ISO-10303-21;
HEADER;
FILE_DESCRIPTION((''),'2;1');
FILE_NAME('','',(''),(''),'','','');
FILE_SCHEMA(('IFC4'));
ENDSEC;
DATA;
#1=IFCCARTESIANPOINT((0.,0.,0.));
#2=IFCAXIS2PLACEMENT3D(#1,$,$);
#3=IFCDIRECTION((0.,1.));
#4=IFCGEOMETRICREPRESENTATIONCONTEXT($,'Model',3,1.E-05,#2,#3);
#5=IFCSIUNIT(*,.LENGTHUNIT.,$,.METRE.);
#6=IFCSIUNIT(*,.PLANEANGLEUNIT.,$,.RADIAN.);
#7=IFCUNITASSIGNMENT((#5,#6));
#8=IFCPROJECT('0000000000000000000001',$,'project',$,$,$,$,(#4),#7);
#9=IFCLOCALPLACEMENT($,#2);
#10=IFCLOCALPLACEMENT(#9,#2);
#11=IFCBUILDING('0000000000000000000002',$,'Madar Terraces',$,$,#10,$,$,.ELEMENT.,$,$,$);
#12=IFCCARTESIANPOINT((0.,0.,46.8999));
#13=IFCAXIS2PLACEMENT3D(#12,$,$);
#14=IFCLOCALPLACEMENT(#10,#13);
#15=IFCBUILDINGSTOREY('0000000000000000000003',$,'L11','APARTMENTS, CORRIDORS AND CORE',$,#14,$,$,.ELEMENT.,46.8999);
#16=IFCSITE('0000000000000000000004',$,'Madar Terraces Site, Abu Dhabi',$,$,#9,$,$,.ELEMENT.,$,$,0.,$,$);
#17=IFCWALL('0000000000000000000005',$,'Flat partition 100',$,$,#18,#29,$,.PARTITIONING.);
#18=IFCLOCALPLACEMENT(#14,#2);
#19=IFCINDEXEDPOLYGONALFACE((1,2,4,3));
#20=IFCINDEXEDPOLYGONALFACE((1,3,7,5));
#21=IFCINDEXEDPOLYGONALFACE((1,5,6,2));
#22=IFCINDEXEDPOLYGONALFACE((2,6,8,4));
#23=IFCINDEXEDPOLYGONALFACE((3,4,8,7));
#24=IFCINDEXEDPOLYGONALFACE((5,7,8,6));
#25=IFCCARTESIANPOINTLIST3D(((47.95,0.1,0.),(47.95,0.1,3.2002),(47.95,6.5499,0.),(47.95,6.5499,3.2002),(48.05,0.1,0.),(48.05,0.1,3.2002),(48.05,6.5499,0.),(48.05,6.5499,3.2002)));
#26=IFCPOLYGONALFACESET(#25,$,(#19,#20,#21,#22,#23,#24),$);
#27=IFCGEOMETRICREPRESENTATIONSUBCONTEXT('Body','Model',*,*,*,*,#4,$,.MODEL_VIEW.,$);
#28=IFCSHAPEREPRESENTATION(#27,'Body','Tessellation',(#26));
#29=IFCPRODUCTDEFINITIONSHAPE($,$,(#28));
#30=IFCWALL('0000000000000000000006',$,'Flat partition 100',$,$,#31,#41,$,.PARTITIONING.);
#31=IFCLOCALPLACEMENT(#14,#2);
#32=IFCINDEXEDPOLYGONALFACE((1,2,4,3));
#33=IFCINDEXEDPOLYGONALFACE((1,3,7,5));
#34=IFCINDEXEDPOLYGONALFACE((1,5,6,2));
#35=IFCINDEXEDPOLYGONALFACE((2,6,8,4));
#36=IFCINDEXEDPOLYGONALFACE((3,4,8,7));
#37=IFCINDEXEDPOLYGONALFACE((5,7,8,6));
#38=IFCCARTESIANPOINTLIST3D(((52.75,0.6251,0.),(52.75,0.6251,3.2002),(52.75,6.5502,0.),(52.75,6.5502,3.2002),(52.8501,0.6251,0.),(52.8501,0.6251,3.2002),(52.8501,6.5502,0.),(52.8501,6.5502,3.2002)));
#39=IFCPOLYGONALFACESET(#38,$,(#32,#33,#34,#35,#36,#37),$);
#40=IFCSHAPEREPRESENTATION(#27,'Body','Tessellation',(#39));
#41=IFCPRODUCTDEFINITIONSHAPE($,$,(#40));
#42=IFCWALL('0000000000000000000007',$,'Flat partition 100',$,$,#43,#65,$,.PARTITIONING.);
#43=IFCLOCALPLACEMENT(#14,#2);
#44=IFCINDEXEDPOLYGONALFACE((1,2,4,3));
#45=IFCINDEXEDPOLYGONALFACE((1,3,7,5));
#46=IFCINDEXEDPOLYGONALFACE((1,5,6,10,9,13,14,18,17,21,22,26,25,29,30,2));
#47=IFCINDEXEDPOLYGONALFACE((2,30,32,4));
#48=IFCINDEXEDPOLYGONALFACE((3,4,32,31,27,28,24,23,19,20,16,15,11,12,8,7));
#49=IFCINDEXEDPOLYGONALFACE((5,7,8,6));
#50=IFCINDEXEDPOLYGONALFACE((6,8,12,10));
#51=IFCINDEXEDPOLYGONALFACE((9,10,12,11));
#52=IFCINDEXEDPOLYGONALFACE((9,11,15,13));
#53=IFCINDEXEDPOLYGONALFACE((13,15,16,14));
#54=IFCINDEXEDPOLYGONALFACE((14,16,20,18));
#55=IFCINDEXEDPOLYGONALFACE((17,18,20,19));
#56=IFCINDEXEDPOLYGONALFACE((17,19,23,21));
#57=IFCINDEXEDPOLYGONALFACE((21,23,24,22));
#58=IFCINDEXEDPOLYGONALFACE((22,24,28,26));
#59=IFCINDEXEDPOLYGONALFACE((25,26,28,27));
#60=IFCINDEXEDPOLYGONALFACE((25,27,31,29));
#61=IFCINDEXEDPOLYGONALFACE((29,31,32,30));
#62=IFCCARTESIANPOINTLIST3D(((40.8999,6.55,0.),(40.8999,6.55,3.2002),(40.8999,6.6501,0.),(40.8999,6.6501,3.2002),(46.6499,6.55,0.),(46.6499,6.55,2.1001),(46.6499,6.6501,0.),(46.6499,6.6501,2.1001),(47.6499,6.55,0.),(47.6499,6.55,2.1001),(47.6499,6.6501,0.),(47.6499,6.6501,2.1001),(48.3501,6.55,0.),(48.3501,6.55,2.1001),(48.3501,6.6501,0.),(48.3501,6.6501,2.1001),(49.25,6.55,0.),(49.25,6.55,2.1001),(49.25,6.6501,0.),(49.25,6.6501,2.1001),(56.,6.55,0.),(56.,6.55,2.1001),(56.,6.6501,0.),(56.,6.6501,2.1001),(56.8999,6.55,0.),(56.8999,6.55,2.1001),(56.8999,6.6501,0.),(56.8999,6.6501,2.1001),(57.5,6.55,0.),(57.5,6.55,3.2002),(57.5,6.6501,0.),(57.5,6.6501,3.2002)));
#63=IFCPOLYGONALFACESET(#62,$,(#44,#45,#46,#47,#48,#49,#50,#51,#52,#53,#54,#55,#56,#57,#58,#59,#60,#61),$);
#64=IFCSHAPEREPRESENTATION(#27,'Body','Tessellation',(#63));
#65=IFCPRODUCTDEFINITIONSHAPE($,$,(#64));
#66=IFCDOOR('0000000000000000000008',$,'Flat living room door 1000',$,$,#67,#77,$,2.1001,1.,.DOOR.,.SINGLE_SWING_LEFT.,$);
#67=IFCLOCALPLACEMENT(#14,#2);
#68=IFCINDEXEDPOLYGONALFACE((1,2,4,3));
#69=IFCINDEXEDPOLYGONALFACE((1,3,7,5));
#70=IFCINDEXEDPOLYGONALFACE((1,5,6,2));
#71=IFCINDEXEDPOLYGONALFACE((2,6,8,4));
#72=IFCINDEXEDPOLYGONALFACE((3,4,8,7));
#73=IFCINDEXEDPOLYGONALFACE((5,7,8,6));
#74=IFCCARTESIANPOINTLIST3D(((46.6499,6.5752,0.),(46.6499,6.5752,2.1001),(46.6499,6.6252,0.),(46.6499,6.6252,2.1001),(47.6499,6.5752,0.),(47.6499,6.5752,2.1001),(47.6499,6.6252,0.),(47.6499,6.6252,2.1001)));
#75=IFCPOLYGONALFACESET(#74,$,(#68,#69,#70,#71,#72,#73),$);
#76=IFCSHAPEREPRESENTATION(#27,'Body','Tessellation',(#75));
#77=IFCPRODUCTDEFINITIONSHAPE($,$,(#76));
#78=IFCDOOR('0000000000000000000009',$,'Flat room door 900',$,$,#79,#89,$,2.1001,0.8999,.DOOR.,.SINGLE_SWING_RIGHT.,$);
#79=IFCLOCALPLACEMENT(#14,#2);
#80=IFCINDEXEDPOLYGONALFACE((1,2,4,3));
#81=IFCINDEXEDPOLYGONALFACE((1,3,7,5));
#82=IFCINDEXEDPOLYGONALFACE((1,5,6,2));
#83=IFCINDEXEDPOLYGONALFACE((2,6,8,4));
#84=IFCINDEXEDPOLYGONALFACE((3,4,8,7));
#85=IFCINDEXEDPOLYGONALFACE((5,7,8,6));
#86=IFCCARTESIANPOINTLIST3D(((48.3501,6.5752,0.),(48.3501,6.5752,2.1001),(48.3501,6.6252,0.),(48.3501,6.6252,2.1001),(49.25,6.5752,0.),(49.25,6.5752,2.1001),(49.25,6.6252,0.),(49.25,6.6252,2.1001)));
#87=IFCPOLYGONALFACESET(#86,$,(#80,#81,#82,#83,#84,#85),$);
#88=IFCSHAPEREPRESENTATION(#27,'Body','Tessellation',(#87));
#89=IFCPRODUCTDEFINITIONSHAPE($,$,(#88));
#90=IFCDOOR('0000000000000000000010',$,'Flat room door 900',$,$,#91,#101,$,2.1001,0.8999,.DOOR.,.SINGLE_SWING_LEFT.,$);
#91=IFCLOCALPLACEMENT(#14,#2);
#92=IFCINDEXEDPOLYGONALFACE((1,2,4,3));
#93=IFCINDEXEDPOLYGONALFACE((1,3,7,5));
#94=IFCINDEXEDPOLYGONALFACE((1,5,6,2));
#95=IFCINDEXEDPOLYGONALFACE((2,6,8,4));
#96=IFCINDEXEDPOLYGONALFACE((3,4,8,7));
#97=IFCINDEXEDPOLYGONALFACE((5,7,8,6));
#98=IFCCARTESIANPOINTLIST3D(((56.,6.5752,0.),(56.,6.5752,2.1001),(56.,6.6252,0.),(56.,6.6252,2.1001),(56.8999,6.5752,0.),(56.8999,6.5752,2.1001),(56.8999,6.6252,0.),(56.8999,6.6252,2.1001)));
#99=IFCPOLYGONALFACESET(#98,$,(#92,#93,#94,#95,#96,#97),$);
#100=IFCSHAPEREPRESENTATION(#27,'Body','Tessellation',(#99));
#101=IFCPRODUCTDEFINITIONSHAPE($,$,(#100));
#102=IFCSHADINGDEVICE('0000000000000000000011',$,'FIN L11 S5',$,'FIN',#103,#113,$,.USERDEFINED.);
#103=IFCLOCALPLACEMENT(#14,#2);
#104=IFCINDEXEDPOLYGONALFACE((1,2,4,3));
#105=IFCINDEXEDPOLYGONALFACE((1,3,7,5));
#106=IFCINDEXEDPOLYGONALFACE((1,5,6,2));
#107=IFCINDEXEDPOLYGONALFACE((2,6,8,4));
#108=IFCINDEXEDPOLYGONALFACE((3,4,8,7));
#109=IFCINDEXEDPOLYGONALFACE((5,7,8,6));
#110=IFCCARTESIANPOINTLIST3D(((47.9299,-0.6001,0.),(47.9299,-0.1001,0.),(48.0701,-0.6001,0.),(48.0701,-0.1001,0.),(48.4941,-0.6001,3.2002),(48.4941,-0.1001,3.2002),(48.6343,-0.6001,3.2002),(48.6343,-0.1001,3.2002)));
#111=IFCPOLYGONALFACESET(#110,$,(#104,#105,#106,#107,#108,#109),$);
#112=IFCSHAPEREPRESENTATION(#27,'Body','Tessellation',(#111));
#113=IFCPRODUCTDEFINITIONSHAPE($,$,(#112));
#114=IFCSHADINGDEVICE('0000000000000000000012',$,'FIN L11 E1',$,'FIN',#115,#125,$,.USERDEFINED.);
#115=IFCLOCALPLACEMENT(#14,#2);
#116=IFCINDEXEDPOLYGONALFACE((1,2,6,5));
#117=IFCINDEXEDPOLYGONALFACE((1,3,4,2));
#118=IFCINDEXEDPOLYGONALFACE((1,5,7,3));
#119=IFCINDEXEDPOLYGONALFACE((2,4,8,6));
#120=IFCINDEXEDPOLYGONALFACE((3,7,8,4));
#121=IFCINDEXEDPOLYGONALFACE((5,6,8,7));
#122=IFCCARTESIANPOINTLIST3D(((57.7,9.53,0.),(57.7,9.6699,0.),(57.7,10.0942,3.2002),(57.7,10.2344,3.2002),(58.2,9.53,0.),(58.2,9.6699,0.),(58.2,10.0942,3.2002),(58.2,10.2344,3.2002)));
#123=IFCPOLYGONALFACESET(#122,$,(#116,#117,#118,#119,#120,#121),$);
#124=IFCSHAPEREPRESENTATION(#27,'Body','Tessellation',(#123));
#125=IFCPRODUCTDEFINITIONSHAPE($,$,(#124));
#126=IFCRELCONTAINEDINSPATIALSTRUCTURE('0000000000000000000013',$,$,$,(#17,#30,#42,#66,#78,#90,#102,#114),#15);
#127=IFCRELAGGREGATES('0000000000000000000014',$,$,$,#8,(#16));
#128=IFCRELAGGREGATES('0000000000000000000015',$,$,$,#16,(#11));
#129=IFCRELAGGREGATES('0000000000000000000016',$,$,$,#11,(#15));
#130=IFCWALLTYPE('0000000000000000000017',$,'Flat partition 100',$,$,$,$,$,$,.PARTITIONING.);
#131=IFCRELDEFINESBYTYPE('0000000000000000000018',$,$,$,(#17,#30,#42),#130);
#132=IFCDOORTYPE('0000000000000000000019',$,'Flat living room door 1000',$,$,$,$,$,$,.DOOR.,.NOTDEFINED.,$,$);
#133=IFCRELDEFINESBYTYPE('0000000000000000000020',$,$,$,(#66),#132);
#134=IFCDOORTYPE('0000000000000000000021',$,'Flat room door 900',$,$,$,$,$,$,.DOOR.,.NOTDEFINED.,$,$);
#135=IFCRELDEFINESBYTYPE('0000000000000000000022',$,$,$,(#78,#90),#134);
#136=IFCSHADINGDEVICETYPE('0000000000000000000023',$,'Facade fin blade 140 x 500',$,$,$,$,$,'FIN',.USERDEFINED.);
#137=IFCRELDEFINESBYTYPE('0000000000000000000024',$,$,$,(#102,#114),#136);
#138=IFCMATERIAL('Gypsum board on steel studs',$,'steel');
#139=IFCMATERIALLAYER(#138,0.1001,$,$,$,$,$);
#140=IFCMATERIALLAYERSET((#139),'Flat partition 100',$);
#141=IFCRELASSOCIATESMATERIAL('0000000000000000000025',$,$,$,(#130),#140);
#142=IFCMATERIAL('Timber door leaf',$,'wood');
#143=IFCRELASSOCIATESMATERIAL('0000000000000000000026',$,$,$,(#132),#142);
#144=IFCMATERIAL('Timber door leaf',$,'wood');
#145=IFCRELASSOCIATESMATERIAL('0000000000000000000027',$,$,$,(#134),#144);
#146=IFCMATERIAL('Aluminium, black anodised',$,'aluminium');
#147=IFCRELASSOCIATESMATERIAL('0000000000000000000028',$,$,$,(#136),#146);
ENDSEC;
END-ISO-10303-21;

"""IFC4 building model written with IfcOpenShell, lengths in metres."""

from ifc_helpers import new_model, si_unit, direction, frame, frame_2d, origin, place, context, subcontext, project, spatial, polyline, rectangle, outline, extrude, material, layer, layer_set, type_object, element, fill, save


model = new_model("IFC4")

# Units and contexts
model_context = context("Model", 3, precision=1e-05, world=origin(), true_north=direction((0.0, 1.0)))
body_context = subcontext(model_context, "Body", "Model", "MODEL_VIEW")
ifc_project = project(units=[si_unit("LENGTHUNIT", "METRE"), si_unit("PLANEANGLEUNIT", "RADIAN")], contexts=[model_context])

# Site, building, storey
site_placement = place(None, origin())
site = spatial("IfcSite", under=ifc_project, at=site_placement, Name="Madar Terraces Site, Abu Dhabi", CompositionType="ELEMENT", RefElevation=0.0)
building_placement = place(site_placement, origin())
building = spatial("IfcBuilding", under=site, at=building_placement, Name="Madar Terraces", CompositionType="ELEMENT")
storey_placement = place(building_placement, frame((0.0, 0.0, 46.8999)))
storey = spatial("IfcBuildingStorey", under=building, at=storey_placement, Name="L11", Description="APARTMENTS, CORRIDORS AND CORE", CompositionType="ELEMENT", Elevation=46.8999)

# Walls
ifc_material_1 = material(Name="Gypsum board on steel studs", Category="steel")
ifc_layer_1 = layer(ifc_material_1, 0.1001)
ifc_layer_set_1 = layer_set([ifc_layer_1], Name="Flat partition 100")
wall_type = type_object("IfcWallType", Name="Flat partition 100", PredefinedType="PARTITIONING", material=ifc_layer_set_1)
wall_1_placement = place(storey_placement, frame((48.0, 6.55, 0.0), z_axis=(0.0, 0.0, 1.0), x_axis=(0.0, -1.0, 0.0)))
element("IfcWall", 1, at=wall_1_placement, inside=storey, type_object=wall_type, Name="Flat partition 100", PredefinedType="PARTITIONING", context=body_context, shape_type="SweptSolid", body=[
    extrude(rectangle(XDim=6.45, YDim=0.1001, at=frame_2d((3.2251, 0.0))), origin(), (0.0, 0.0, 1.0), 3.2002),
])
wall_2_placement = place(storey_placement, frame((52.8, 6.55, 0.0), z_axis=(0.0, 0.0, 1.0), x_axis=(0.0, -1.0, 0.0)))
element("IfcWall", 2, at=wall_2_placement, inside=storey, type_object=wall_type, Name="Flat partition 100", PredefinedType="PARTITIONING", context=body_context, shape_type="SweptSolid", body=[
    extrude(rectangle(XDim=5.925, YDim=0.1001, at=frame_2d((2.9624, 0.0))), origin(), (0.0, 0.0, 1.0), 3.2002),
])

# Wall, openings, doors
wall_3_placement = place(storey_placement, frame((57.5, 6.6001, 0.0), z_axis=(0.0, 0.0, 1.0), x_axis=(-1.0, 0.0, 0.0)))
wall_3 = element("IfcWall", 3, at=wall_3_placement, inside=storey, type_object=wall_type, Name="Flat partition 100", PredefinedType="PARTITIONING", context=body_context, shape_type="SweptSolid", body=[
    extrude(rectangle(XDim=16.6001, YDim=0.1001, at=frame_2d((8.3, 0.0))), origin(), (0.0, 0.0, 1.0), 3.2002),
])
opening_1_placement = place(wall_3_placement, frame((9.8501, 0.0, 0.0)))
opening_1 = element("IfcOpeningElement", 4, at=opening_1_placement, cuts=wall_3, PredefinedType="OPENING", context=body_context, shape_type="SweptSolid", body=[
    extrude(rectangle(XDim=1.0, YDim=2.1001, at=frame_2d((0.5, 1.05))), frame((0.0, 0.0601, 0.0), z_axis=(0.0, -1.0, 0.0), x_axis=(1.0, 0.0, 0.0)), (0.0, 0.0, 1.0), 0.1201),
])
opening_2_placement = place(wall_3_placement, frame((8.25, 0.0, 0.0)))
opening_2 = element("IfcOpeningElement", 5, at=opening_2_placement, cuts=wall_3, PredefinedType="OPENING", context=body_context, shape_type="SweptSolid", body=[
    extrude(rectangle(XDim=0.8999, YDim=2.1001, at=frame_2d((0.45, 1.05))), frame((0.0, 0.0601, 0.0), z_axis=(0.0, -1.0, 0.0), x_axis=(1.0, 0.0, 0.0)), (0.0, 0.0, 1.0), 0.1201),
])
opening_3_placement = place(wall_3_placement, frame((0.6001, 0.0, 0.0)))
opening_3 = element("IfcOpeningElement", 6, at=opening_3_placement, cuts=wall_3, PredefinedType="OPENING", context=body_context, shape_type="SweptSolid", body=[
    extrude(rectangle(XDim=0.8999, YDim=2.1001, at=frame_2d((0.45, 1.05))), frame((0.0, 0.0601, 0.0), z_axis=(0.0, -1.0, 0.0), x_axis=(1.0, 0.0, 0.0)), (0.0, 0.0, 1.0), 0.1201),
])
ifc_material_2 = material(Name="Timber door leaf", Category="wood")
door_type_1 = type_object("IfcDoorType", Name="Flat living room door 1000", OperationType="NOTDEFINED", PredefinedType="DOOR", material=ifc_material_2)
door_1_placement = place(opening_1_placement, origin())
door_1 = element("IfcDoor", 7, at=door_1_placement, inside=storey, type_object=door_type_1, Name="Flat living room door 1000", OperationType="SINGLE_SWING_LEFT", OverallHeight=2.1001, OverallWidth=1.0, PredefinedType="DOOR", context=body_context, shape_type="SweptSolid", body=[
    extrude(rectangle(XDim=1.0, YDim=2.1001, at=frame_2d((0.5, 1.05))), frame((0.0, 0.0249, 0.0), z_axis=(0.0, -1.0, 0.0), x_axis=(1.0, 0.0, 0.0)), (0.0, 0.0, 1.0), 0.05),
])
fill(opening_1, door_1)
ifc_material_3 = material(Name="Timber door leaf", Category="wood")
door_type_2 = type_object("IfcDoorType", Name="Flat room door 900", OperationType="NOTDEFINED", PredefinedType="DOOR", material=ifc_material_3)
door_2_placement = place(opening_2_placement, origin())
door_2 = element("IfcDoor", 8, at=door_2_placement, inside=storey, type_object=door_type_2, Name="Flat room door 900", OperationType="SINGLE_SWING_RIGHT", OverallHeight=2.1001, OverallWidth=0.8999, PredefinedType="DOOR", context=body_context, shape_type="SweptSolid", body=[
    extrude(rectangle(XDim=0.8999, YDim=2.1001, at=frame_2d((0.45, 1.05))), frame((0.0, 0.0249, 0.0), z_axis=(0.0, -1.0, 0.0), x_axis=(1.0, 0.0, 0.0)), (0.0, 0.0, 1.0), 0.05),
])
fill(opening_2, door_2)
door_3_placement = place(opening_3_placement, origin())
door_3 = element("IfcDoor", 9, at=door_3_placement, inside=storey, type_object=door_type_2, Name="Flat room door 900", OperationType="SINGLE_SWING_LEFT", OverallHeight=2.1001, OverallWidth=0.8999, PredefinedType="DOOR", context=body_context, shape_type="SweptSolid", body=[
    extrude(rectangle(XDim=0.8999, YDim=2.1001, at=frame_2d((0.45, 1.05))), frame((0.0, 0.0249, 0.0), z_axis=(0.0, -1.0, 0.0), x_axis=(1.0, 0.0, 0.0)), (0.0, 0.0, 1.0), 0.05),
])
fill(opening_3, door_3)

# Shading devices
ifc_material_4 = material(Name="Aluminium, black anodised", Category="aluminium")
shading_device_type = type_object("IfcShadingDeviceType", Name="Facade fin blade 140 x 500", ElementType="FIN", PredefinedType="USERDEFINED", material=ifc_material_4)
shading_device_1_placement = place(storey_placement, frame((47.9299, -0.3501, 0.0), z_axis=(0.0, 0.0, 1.0), x_axis=(1.0, 0.0, 0.0)))
element("IfcShadingDevice", 10, at=shading_device_1_placement, inside=storey, type_object=shading_device_type, Name="FIN L11 S5", ObjectType="FIN", PredefinedType="USERDEFINED", context=body_context, shape_type="SweptSolid", body=[
    extrude(outline(polyline([(0.0, 0.0), (0.1401, 0.0), (0.7043, 3.2002), (0.5642, 3.2002), (0.0, 0.0)])), frame((0.0, 0.25, 0.0), z_axis=(0.0, -1.0, 0.0), x_axis=(1.0, 0.0, 0.0)), (0.0, 0.0, 1.0), 0.5),
])
shading_device_2_placement = place(storey_placement, frame((57.95, 9.53, 0.0), z_axis=(0.0, 0.0, 1.0), x_axis=(0.0, 1.0, 0.0)))
element("IfcShadingDevice", 11, at=shading_device_2_placement, inside=storey, type_object=shading_device_type, Name="FIN L11 E1", ObjectType="FIN", PredefinedType="USERDEFINED", context=body_context, shape_type="SweptSolid", body=[
    extrude(outline(polyline([(0.0, 0.0), (0.1399, 0.0), (0.7043, 3.2002), (0.5642, 3.2002), (0.0, 0.0)])), frame((0.0, 0.25, 0.0), z_axis=(0.0, -1.0, 0.0), x_axis=(1.0, 0.0, 0.0)), (0.0, 0.0, 1.0), 0.5),
])

save(model, "model.ifc")
